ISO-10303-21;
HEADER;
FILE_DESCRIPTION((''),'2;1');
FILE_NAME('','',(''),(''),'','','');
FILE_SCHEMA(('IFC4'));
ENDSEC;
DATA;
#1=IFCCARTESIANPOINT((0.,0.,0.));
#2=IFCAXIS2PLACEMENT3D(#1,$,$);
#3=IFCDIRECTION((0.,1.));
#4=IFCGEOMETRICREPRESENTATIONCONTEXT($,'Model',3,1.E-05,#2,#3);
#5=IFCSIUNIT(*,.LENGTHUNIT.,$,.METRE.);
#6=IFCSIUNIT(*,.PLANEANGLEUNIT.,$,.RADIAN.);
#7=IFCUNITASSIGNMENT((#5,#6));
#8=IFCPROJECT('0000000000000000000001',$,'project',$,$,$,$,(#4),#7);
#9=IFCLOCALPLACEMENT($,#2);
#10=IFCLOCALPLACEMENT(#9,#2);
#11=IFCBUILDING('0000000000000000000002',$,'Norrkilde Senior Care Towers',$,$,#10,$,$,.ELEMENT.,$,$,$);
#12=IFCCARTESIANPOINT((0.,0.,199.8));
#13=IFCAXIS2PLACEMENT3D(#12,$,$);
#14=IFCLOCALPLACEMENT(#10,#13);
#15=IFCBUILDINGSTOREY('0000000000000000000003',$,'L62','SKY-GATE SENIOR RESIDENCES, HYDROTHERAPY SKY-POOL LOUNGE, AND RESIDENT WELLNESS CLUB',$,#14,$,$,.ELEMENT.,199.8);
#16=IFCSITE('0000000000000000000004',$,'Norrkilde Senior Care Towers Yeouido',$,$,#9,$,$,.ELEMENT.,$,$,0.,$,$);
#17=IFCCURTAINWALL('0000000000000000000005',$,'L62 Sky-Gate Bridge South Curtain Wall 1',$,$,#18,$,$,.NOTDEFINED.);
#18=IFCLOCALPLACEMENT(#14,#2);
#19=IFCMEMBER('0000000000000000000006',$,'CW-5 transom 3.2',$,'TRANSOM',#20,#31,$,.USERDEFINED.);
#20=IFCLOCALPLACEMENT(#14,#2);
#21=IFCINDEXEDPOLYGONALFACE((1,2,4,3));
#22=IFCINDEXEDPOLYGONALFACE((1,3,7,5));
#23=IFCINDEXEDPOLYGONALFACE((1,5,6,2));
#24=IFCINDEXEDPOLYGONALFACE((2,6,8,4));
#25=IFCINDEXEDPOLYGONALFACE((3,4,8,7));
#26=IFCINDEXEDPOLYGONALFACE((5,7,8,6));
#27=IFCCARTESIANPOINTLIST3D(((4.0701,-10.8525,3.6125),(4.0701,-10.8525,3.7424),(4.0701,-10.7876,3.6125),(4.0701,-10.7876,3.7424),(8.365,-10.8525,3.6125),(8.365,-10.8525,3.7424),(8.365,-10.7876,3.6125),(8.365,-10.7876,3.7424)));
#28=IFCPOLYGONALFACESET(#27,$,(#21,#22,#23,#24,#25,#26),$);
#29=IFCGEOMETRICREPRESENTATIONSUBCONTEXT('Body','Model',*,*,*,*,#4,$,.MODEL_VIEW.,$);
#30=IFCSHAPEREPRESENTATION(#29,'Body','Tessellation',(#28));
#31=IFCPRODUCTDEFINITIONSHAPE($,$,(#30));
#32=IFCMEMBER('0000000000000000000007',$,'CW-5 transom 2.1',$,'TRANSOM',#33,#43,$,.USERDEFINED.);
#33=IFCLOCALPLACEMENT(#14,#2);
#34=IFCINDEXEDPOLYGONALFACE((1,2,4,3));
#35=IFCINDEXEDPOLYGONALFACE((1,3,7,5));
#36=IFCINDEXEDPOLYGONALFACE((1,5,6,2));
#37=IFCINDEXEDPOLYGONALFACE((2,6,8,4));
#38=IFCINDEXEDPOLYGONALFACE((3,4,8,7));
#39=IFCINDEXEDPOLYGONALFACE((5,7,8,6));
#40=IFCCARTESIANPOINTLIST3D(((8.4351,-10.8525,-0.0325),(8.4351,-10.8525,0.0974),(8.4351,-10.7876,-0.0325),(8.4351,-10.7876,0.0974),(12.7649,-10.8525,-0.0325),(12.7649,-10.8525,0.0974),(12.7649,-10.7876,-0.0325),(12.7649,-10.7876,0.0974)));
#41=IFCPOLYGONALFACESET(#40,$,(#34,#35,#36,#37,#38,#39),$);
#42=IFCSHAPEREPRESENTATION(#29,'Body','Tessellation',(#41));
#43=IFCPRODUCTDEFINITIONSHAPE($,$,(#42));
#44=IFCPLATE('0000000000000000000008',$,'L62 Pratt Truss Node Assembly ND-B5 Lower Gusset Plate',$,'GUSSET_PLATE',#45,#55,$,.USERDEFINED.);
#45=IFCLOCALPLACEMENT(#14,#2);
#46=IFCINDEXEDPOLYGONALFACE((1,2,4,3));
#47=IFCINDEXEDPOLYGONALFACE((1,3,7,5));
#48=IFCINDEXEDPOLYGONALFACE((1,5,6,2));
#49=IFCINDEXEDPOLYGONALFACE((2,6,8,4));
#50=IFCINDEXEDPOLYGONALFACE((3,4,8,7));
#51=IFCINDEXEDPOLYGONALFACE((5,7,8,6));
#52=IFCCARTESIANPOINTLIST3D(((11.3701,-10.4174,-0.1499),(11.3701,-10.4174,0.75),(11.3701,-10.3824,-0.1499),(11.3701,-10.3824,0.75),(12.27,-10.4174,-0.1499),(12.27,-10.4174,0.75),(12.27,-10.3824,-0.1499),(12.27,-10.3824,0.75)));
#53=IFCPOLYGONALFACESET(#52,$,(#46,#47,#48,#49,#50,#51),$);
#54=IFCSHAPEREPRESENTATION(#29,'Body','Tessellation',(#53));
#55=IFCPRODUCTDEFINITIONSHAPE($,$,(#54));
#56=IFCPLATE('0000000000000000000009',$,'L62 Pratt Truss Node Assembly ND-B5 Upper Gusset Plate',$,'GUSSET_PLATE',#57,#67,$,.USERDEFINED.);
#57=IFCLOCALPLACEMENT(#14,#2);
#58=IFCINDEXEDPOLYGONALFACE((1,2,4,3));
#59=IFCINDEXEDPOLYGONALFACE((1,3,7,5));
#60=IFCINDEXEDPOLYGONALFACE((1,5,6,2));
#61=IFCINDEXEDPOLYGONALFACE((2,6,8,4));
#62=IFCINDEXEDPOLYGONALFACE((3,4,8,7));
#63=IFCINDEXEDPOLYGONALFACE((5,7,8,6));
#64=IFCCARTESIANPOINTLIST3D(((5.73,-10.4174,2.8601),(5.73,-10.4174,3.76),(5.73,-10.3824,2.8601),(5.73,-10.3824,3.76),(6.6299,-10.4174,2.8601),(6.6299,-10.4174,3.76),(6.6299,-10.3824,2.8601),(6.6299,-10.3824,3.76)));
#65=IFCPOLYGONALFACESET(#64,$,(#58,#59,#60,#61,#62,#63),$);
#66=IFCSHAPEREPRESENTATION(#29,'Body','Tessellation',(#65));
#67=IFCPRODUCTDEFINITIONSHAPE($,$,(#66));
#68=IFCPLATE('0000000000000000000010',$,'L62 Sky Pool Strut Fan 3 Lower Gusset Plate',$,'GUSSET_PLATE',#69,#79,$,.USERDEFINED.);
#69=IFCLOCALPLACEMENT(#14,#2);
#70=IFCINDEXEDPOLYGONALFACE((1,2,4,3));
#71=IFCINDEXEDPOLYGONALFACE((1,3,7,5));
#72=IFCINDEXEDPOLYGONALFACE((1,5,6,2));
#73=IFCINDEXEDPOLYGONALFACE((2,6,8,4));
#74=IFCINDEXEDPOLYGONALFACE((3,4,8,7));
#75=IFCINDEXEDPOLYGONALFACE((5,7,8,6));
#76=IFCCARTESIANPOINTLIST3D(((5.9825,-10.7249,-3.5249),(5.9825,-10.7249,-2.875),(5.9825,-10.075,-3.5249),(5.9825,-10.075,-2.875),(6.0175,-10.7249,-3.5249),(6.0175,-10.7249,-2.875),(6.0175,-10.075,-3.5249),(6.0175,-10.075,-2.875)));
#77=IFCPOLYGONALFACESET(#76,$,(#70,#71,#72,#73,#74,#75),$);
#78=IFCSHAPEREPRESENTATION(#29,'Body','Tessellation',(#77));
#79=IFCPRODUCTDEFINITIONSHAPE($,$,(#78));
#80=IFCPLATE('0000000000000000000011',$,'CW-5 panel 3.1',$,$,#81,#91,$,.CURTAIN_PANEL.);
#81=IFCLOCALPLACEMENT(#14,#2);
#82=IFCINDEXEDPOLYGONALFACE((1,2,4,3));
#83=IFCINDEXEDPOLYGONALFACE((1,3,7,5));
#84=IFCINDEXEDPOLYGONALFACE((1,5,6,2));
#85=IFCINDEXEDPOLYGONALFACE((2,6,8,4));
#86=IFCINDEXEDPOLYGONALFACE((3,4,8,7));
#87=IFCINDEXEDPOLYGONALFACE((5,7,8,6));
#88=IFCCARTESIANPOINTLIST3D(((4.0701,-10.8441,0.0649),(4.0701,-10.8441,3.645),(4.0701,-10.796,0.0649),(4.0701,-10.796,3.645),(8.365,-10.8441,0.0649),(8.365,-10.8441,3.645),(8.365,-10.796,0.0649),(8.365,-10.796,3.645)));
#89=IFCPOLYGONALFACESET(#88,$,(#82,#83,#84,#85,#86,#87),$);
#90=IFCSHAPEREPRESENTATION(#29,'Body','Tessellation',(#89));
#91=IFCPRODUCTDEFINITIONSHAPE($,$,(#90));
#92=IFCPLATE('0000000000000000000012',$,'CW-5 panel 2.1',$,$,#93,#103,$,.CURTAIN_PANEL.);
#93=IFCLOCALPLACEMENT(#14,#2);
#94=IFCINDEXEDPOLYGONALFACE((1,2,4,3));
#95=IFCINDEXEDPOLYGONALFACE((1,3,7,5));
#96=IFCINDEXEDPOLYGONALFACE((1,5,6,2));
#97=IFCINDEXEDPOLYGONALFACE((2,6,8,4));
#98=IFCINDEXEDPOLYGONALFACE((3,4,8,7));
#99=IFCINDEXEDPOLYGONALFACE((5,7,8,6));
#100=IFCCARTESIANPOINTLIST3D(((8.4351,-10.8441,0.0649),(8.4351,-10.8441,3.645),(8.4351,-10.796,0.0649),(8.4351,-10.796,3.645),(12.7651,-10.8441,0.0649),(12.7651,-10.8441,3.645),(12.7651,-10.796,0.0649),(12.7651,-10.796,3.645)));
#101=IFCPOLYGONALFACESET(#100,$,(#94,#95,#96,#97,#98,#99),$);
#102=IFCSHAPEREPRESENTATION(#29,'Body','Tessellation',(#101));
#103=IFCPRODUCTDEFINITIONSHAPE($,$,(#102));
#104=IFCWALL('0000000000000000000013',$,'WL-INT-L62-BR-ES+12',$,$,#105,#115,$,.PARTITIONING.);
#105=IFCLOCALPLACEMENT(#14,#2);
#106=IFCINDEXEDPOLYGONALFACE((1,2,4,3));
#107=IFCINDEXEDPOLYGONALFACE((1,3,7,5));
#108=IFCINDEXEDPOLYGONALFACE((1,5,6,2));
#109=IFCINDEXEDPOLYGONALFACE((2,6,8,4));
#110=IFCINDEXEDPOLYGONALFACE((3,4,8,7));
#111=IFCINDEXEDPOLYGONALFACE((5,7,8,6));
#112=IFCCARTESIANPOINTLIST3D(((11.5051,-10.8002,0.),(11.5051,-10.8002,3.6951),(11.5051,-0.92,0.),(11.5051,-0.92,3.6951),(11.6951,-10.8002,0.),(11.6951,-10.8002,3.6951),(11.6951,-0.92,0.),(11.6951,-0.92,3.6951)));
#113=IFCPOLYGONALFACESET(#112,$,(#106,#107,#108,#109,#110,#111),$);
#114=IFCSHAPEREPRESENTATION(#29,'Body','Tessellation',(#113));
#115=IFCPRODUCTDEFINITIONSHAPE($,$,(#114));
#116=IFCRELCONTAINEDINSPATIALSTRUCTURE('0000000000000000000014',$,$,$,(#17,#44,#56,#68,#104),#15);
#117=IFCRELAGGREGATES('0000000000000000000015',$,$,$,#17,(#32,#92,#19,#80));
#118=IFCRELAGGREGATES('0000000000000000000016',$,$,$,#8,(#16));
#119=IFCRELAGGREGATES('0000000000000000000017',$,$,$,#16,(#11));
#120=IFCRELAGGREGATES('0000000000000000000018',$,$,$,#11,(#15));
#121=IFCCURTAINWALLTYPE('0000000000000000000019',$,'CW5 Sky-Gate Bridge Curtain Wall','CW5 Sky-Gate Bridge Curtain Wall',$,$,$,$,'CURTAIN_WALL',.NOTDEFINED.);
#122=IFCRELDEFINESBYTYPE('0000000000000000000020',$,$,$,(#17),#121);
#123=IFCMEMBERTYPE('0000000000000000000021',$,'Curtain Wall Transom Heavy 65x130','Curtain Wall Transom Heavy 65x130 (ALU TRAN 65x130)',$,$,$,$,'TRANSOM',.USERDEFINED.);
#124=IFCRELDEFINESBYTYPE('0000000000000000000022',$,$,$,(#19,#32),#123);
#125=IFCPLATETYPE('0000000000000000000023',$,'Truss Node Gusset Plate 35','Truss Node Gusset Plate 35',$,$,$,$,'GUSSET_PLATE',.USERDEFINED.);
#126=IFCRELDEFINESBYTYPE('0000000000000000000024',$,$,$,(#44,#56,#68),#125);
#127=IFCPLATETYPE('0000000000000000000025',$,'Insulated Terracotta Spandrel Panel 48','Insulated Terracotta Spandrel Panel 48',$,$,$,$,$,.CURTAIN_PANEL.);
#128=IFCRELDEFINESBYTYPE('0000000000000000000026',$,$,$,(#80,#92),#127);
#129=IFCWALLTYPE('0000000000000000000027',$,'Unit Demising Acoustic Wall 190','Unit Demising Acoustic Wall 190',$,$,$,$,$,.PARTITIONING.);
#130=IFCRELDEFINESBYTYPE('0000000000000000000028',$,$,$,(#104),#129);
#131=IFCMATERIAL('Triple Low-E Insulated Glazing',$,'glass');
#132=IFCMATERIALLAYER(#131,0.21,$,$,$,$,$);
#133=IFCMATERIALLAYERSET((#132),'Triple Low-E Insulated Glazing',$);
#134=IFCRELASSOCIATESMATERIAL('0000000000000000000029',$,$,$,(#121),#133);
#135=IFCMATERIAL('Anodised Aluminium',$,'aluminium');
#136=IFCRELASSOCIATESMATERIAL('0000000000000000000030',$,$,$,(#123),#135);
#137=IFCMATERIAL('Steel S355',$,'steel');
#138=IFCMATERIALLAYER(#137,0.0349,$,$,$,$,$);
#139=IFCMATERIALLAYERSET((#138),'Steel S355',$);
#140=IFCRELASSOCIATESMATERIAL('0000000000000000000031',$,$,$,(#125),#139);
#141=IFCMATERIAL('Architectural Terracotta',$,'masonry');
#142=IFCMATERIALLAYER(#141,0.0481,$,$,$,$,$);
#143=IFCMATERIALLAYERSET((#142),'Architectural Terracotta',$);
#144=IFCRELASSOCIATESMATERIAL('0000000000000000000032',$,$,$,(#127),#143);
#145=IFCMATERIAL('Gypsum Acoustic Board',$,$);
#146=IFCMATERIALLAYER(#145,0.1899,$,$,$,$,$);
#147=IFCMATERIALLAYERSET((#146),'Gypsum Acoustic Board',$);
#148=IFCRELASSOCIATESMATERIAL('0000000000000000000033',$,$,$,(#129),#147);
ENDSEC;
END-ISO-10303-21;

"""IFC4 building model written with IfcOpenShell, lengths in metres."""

from ifc_helpers import new_model, si_unit, direction, frame, frame_2d, origin, origin_2d, place, context, subcontext, project, spatial, rectangle, extrude, source, transform, mapped, material, layer, layer_set, material_profile, profile_set, type_object, type_shapes, element, aggregate, save


model = new_model("IFC4")

# Units and contexts
model_context = context("Model", 3, precision=1e-05, world=origin(), true_north=direction((0.0, 1.0)))
body_context = subcontext(model_context, "Body", "Model", "MODEL_VIEW")
ifc_project = project(units=[si_unit("LENGTHUNIT", "METRE"), si_unit("PLANEANGLEUNIT", "RADIAN")], contexts=[model_context])

# Site, building, storey
site_placement = place(None, origin())
site = spatial("IfcSite", under=ifc_project, at=site_placement, Name="Norrkilde Senior Care Towers Yeouido", CompositionType="ELEMENT", RefElevation=0.0)
building_placement = place(site_placement, origin())
building = spatial("IfcBuilding", under=site, at=building_placement, Name="Norrkilde Senior Care Towers", CompositionType="ELEMENT")
storey_placement = place(building_placement, frame((0.0, 0.0, 199.8)))
storey = spatial("IfcBuildingStorey", under=building, at=storey_placement, Name="L62", Description="SKY-GATE SENIOR RESIDENCES, HYDROTHERAPY SKY-POOL LOUNGE, AND RESIDENT WELLNESS CLUB", CompositionType="ELEMENT", Elevation=199.8)

# Shared definitions
ifc_material_1 = material(Name="Steel S355", Category="steel")

# Curtain wall, members
ifc_material_2 = material(Name="Triple Low-E Insulated Glazing", Category="glass")
ifc_layer_1 = layer(ifc_material_2, 0.21)
ifc_layer_set_1 = layer_set([ifc_layer_1], Name="Triple Low-E Insulated Glazing")
curtain_wall_type = type_object("IfcCurtainWallType", Name="CW5 Sky-Gate Bridge Curtain Wall", Description="CW5 Sky-Gate Bridge Curtain Wall", ElementType="CURTAIN_WALL", PredefinedType="NOTDEFINED", material=ifc_layer_set_1)
curtain_wall_placement = place(storey_placement, origin())
curtain_wall = element("IfcCurtainWall", 1, at=curtain_wall_placement, inside=storey, type_object=curtain_wall_type, Name="L62 Sky-Gate Bridge South Curtain Wall 1", PredefinedType="NOTDEFINED")
ifc_material_3 = material(Name="Anodised Aluminium", Category="aluminium")
ifc_material_profile_1 = material_profile(ifc_material_3, rectangle(XDim=0.0649, YDim=0.1299, at=origin_2d()), Name="ALU TRAN 65x130")
ifc_profile_set_1 = profile_set([ifc_material_profile_1], Name="Anodised Aluminium")
member_type_1 = type_object("IfcMemberType", Name="Curtain Wall Transom Heavy 65x130", Description="Curtain Wall Transom Heavy 65x130 (ALU TRAN 65x130)", ElementType="TRANSOM", PredefinedType="USERDEFINED", material=ifc_profile_set_1)
shared_shape_1 = source(origin(), body_context, "Body", "SweptSolid", [
    extrude(rectangle(XDim=0.0649, YDim=0.1299, at=origin_2d()), origin(), (0.0, 0.0, 1.0), 4.2949),
])
member_1_placement = place(storey_placement, frame((8.365, -10.8201, 3.6775), z_axis=(-1.0, 0.0, 0.0), x_axis=(0.0, -1.0, 0.0)))
member_1 = element("IfcMember", 2, at=member_1_placement, type_object=member_type_1, Name="CW-5 transom 3.2", ObjectType="TRANSOM", PredefinedType="USERDEFINED", context=body_context, shape_type="MappedRepresentation", body=[
    mapped(shared_shape_1, transform((0.0, 0.0, 0.0), x_axis=(1.0, 0.0, 0.0), y_axis=(0.0, 1.0, 0.0), z_axis=(0.0, 0.0, 1.0), scale=1.0)),
])
shared_shape_2 = source(origin(), body_context, "Body", "SweptSolid", [
    extrude(rectangle(XDim=0.0649, YDim=0.1299, at=origin_2d()), origin(), (0.0, 0.0, 1.0), 4.3298),
])
type_shapes(member_type_1, [shared_shape_1, shared_shape_2])
member_2_placement = place(storey_placement, frame((12.7649, -10.8201, 0.0325), z_axis=(-1.0, 0.0, 0.0), x_axis=(0.0, -1.0, 0.0)))
member_2 = element("IfcMember", 3, at=member_2_placement, type_object=member_type_1, Name="CW-5 transom 2.1", ObjectType="TRANSOM", PredefinedType="USERDEFINED", context=body_context, shape_type="MappedRepresentation", body=[
    mapped(shared_shape_2, transform((0.0, 0.0, 0.0), x_axis=(1.0, 0.0, 0.0), y_axis=(0.0, 1.0, 0.0), z_axis=(0.0, 0.0, 1.0), scale=1.0)),
])

# Plates
ifc_layer_2 = layer(ifc_material_1, 0.0349)
ifc_layer_set_2 = layer_set([ifc_layer_2], Name="Steel S355")
plate_type_1 = type_object("IfcPlateType", Name="Truss Node Gusset Plate 35", Description="Truss Node Gusset Plate 35", ElementType="GUSSET_PLATE", PredefinedType="USERDEFINED", material=ifc_layer_set_2)
shared_shape_3 = source(origin(), body_context, "Body", "SweptSolid", [
    extrude(rectangle(XDim=0.8999, YDim=0.0349, at=origin_2d()), origin(), (0.0, 0.0, 1.0), 0.8999),
])
for number, where, z_axis, x_axis, name in (
    (4, (11.8201, -10.3999, -0.1499), (0.0, 0.0, 1.0), (1.0, 0.0, 0.0), "L62 Pratt Truss Node Assembly ND-B5 Lower Gusset Plate"),
    (5, (6.1799, -10.3999, 2.8601), (0.0, 0.0, 1.0), (1.0, 0.0, 0.0), "L62 Pratt Truss Node Assembly ND-B5 Upper Gusset Plate"),
):
    element("IfcPlate", number, at=place(storey_placement, frame(where, z_axis=z_axis, x_axis=x_axis)), inside=storey, type_object=plate_type_1, Name=name, ObjectType="GUSSET_PLATE", PredefinedType="USERDEFINED", context=body_context, shape_type="MappedRepresentation", body=[
        mapped(shared_shape_3, transform((0.0, 0.0, 0.0), x_axis=(1.0, 0.0, 0.0), y_axis=(0.0, 1.0, 0.0), z_axis=(0.0, 0.0, 1.0), scale=1.0)),
    ])
shared_shape_4 = source(origin(), body_context, "Body", "SweptSolid", [
    extrude(rectangle(XDim=0.0349, YDim=0.6499, at=origin_2d()), origin(), (0.0, 0.0, 1.0), 0.6499),
])
type_shapes(plate_type_1, [shared_shape_3, shared_shape_4])
plate_1_placement = place(storey_placement, frame((6.0, -10.3999, -3.5249), z_axis=(0.0, 0.0, 1.0), x_axis=(1.0, 0.0, 0.0)))
element("IfcPlate", 6, at=plate_1_placement, inside=storey, type_object=plate_type_1, Name="L62 Sky Pool Strut Fan 3 Lower Gusset Plate", ObjectType="GUSSET_PLATE", PredefinedType="USERDEFINED", context=body_context, shape_type="MappedRepresentation", body=[
    mapped(shared_shape_4, transform((0.0, 0.0, 0.0), x_axis=(1.0, 0.0, 0.0), y_axis=(0.0, 1.0, 0.0), z_axis=(0.0, 0.0, 1.0), scale=1.0)),
])

# Plates
ifc_material_4 = material(Name="Architectural Terracotta", Category="masonry")
ifc_layer_3 = layer(ifc_material_4, 0.0481)
ifc_layer_set_3 = layer_set([ifc_layer_3], Name="Architectural Terracotta")
plate_type_2 = type_object("IfcPlateType", Name="Insulated Terracotta Spandrel Panel 48", Description="Insulated Terracotta Spandrel Panel 48", PredefinedType="CURTAIN_PANEL", material=ifc_layer_set_3)
shared_shape_5 = source(origin(), body_context, "Body", "SweptSolid", [
    extrude(rectangle(XDim=4.2949, YDim=0.0481, at=origin_2d()), origin(), (0.0, 0.0, 1.0), 3.5801),
])
plate_2_placement = place(storey_placement, frame((6.2175, -10.8201, 0.0649), z_axis=(0.0, 0.0, 1.0), x_axis=(-1.0, 0.0, 0.0)))
plate_2 = element("IfcPlate", 7, at=plate_2_placement, type_object=plate_type_2, Name="CW-5 panel 3.1", PredefinedType="CURTAIN_PANEL", context=body_context, shape_type="MappedRepresentation", body=[
    mapped(shared_shape_5, transform((0.0, 0.0, 0.0), x_axis=(1.0, 0.0, 0.0), y_axis=(0.0, 1.0, 0.0), z_axis=(0.0, 0.0, 1.0), scale=1.0)),
])
shared_shape_6 = source(origin(), body_context, "Body", "SweptSolid", [
    extrude(rectangle(XDim=4.3301, YDim=0.0481, at=origin_2d()), origin(), (0.0, 0.0, 1.0), 3.5801),
])
type_shapes(plate_type_2, [shared_shape_5, shared_shape_6])
plate_3_placement = place(storey_placement, frame((10.6001, -10.8201, 0.0649), z_axis=(0.0, 0.0, 1.0), x_axis=(-1.0, 0.0, 0.0)))
plate_3 = element("IfcPlate", 8, at=plate_3_placement, type_object=plate_type_2, Name="CW-5 panel 2.1", PredefinedType="CURTAIN_PANEL", context=body_context, shape_type="MappedRepresentation", body=[
    mapped(shared_shape_6, transform((0.0, 0.0, 0.0), x_axis=(1.0, 0.0, 0.0), y_axis=(0.0, 1.0, 0.0), z_axis=(0.0, 0.0, 1.0), scale=1.0)),
])
aggregate(curtain_wall, [member_2, plate_3, member_1, plate_2])

# Shared definitions
ifc_material_5 = material(Name="Gypsum Acoustic Board")

# Wall
ifc_layer_4 = layer(ifc_material_5, 0.1899)
ifc_layer_set_4 = layer_set([ifc_layer_4], Name="Gypsum Acoustic Board")
wall_type_1 = type_object("IfcWallType", Name="Unit Demising Acoustic Wall 190", Description="Unit Demising Acoustic Wall 190", PredefinedType="PARTITIONING", material=ifc_layer_set_4)
shared_shape_7 = source(origin(), body_context, "Body", "SweptSolid", [
    extrude(rectangle(XDim=9.8801, YDim=0.1899, at=frame_2d((4.9399, 0.0))), origin(), (0.0, 0.0, 1.0), 3.6951),
])
type_shapes(wall_type_1, [shared_shape_7])
wall_1_placement = place(storey_placement, frame((11.6001, -10.8, 0.0), z_axis=(0.0, 0.0, 1.0), x_axis=(0.0, 1.0, 0.0)))
element("IfcWall", 9, at=wall_1_placement, inside=storey, type_object=wall_type_1, Name="WL-INT-L62-BR-ES+12", PredefinedType="PARTITIONING", context=body_context, shape_type="MappedRepresentation", body=[
    mapped(shared_shape_7, transform((0.0, 0.0, 0.0), x_axis=(1.0, 0.0, 0.0), y_axis=(0.0, 1.0, 0.0), z_axis=(0.0, 0.0, 1.0), scale=1.0)),
])

save(model, "model.ifc")
